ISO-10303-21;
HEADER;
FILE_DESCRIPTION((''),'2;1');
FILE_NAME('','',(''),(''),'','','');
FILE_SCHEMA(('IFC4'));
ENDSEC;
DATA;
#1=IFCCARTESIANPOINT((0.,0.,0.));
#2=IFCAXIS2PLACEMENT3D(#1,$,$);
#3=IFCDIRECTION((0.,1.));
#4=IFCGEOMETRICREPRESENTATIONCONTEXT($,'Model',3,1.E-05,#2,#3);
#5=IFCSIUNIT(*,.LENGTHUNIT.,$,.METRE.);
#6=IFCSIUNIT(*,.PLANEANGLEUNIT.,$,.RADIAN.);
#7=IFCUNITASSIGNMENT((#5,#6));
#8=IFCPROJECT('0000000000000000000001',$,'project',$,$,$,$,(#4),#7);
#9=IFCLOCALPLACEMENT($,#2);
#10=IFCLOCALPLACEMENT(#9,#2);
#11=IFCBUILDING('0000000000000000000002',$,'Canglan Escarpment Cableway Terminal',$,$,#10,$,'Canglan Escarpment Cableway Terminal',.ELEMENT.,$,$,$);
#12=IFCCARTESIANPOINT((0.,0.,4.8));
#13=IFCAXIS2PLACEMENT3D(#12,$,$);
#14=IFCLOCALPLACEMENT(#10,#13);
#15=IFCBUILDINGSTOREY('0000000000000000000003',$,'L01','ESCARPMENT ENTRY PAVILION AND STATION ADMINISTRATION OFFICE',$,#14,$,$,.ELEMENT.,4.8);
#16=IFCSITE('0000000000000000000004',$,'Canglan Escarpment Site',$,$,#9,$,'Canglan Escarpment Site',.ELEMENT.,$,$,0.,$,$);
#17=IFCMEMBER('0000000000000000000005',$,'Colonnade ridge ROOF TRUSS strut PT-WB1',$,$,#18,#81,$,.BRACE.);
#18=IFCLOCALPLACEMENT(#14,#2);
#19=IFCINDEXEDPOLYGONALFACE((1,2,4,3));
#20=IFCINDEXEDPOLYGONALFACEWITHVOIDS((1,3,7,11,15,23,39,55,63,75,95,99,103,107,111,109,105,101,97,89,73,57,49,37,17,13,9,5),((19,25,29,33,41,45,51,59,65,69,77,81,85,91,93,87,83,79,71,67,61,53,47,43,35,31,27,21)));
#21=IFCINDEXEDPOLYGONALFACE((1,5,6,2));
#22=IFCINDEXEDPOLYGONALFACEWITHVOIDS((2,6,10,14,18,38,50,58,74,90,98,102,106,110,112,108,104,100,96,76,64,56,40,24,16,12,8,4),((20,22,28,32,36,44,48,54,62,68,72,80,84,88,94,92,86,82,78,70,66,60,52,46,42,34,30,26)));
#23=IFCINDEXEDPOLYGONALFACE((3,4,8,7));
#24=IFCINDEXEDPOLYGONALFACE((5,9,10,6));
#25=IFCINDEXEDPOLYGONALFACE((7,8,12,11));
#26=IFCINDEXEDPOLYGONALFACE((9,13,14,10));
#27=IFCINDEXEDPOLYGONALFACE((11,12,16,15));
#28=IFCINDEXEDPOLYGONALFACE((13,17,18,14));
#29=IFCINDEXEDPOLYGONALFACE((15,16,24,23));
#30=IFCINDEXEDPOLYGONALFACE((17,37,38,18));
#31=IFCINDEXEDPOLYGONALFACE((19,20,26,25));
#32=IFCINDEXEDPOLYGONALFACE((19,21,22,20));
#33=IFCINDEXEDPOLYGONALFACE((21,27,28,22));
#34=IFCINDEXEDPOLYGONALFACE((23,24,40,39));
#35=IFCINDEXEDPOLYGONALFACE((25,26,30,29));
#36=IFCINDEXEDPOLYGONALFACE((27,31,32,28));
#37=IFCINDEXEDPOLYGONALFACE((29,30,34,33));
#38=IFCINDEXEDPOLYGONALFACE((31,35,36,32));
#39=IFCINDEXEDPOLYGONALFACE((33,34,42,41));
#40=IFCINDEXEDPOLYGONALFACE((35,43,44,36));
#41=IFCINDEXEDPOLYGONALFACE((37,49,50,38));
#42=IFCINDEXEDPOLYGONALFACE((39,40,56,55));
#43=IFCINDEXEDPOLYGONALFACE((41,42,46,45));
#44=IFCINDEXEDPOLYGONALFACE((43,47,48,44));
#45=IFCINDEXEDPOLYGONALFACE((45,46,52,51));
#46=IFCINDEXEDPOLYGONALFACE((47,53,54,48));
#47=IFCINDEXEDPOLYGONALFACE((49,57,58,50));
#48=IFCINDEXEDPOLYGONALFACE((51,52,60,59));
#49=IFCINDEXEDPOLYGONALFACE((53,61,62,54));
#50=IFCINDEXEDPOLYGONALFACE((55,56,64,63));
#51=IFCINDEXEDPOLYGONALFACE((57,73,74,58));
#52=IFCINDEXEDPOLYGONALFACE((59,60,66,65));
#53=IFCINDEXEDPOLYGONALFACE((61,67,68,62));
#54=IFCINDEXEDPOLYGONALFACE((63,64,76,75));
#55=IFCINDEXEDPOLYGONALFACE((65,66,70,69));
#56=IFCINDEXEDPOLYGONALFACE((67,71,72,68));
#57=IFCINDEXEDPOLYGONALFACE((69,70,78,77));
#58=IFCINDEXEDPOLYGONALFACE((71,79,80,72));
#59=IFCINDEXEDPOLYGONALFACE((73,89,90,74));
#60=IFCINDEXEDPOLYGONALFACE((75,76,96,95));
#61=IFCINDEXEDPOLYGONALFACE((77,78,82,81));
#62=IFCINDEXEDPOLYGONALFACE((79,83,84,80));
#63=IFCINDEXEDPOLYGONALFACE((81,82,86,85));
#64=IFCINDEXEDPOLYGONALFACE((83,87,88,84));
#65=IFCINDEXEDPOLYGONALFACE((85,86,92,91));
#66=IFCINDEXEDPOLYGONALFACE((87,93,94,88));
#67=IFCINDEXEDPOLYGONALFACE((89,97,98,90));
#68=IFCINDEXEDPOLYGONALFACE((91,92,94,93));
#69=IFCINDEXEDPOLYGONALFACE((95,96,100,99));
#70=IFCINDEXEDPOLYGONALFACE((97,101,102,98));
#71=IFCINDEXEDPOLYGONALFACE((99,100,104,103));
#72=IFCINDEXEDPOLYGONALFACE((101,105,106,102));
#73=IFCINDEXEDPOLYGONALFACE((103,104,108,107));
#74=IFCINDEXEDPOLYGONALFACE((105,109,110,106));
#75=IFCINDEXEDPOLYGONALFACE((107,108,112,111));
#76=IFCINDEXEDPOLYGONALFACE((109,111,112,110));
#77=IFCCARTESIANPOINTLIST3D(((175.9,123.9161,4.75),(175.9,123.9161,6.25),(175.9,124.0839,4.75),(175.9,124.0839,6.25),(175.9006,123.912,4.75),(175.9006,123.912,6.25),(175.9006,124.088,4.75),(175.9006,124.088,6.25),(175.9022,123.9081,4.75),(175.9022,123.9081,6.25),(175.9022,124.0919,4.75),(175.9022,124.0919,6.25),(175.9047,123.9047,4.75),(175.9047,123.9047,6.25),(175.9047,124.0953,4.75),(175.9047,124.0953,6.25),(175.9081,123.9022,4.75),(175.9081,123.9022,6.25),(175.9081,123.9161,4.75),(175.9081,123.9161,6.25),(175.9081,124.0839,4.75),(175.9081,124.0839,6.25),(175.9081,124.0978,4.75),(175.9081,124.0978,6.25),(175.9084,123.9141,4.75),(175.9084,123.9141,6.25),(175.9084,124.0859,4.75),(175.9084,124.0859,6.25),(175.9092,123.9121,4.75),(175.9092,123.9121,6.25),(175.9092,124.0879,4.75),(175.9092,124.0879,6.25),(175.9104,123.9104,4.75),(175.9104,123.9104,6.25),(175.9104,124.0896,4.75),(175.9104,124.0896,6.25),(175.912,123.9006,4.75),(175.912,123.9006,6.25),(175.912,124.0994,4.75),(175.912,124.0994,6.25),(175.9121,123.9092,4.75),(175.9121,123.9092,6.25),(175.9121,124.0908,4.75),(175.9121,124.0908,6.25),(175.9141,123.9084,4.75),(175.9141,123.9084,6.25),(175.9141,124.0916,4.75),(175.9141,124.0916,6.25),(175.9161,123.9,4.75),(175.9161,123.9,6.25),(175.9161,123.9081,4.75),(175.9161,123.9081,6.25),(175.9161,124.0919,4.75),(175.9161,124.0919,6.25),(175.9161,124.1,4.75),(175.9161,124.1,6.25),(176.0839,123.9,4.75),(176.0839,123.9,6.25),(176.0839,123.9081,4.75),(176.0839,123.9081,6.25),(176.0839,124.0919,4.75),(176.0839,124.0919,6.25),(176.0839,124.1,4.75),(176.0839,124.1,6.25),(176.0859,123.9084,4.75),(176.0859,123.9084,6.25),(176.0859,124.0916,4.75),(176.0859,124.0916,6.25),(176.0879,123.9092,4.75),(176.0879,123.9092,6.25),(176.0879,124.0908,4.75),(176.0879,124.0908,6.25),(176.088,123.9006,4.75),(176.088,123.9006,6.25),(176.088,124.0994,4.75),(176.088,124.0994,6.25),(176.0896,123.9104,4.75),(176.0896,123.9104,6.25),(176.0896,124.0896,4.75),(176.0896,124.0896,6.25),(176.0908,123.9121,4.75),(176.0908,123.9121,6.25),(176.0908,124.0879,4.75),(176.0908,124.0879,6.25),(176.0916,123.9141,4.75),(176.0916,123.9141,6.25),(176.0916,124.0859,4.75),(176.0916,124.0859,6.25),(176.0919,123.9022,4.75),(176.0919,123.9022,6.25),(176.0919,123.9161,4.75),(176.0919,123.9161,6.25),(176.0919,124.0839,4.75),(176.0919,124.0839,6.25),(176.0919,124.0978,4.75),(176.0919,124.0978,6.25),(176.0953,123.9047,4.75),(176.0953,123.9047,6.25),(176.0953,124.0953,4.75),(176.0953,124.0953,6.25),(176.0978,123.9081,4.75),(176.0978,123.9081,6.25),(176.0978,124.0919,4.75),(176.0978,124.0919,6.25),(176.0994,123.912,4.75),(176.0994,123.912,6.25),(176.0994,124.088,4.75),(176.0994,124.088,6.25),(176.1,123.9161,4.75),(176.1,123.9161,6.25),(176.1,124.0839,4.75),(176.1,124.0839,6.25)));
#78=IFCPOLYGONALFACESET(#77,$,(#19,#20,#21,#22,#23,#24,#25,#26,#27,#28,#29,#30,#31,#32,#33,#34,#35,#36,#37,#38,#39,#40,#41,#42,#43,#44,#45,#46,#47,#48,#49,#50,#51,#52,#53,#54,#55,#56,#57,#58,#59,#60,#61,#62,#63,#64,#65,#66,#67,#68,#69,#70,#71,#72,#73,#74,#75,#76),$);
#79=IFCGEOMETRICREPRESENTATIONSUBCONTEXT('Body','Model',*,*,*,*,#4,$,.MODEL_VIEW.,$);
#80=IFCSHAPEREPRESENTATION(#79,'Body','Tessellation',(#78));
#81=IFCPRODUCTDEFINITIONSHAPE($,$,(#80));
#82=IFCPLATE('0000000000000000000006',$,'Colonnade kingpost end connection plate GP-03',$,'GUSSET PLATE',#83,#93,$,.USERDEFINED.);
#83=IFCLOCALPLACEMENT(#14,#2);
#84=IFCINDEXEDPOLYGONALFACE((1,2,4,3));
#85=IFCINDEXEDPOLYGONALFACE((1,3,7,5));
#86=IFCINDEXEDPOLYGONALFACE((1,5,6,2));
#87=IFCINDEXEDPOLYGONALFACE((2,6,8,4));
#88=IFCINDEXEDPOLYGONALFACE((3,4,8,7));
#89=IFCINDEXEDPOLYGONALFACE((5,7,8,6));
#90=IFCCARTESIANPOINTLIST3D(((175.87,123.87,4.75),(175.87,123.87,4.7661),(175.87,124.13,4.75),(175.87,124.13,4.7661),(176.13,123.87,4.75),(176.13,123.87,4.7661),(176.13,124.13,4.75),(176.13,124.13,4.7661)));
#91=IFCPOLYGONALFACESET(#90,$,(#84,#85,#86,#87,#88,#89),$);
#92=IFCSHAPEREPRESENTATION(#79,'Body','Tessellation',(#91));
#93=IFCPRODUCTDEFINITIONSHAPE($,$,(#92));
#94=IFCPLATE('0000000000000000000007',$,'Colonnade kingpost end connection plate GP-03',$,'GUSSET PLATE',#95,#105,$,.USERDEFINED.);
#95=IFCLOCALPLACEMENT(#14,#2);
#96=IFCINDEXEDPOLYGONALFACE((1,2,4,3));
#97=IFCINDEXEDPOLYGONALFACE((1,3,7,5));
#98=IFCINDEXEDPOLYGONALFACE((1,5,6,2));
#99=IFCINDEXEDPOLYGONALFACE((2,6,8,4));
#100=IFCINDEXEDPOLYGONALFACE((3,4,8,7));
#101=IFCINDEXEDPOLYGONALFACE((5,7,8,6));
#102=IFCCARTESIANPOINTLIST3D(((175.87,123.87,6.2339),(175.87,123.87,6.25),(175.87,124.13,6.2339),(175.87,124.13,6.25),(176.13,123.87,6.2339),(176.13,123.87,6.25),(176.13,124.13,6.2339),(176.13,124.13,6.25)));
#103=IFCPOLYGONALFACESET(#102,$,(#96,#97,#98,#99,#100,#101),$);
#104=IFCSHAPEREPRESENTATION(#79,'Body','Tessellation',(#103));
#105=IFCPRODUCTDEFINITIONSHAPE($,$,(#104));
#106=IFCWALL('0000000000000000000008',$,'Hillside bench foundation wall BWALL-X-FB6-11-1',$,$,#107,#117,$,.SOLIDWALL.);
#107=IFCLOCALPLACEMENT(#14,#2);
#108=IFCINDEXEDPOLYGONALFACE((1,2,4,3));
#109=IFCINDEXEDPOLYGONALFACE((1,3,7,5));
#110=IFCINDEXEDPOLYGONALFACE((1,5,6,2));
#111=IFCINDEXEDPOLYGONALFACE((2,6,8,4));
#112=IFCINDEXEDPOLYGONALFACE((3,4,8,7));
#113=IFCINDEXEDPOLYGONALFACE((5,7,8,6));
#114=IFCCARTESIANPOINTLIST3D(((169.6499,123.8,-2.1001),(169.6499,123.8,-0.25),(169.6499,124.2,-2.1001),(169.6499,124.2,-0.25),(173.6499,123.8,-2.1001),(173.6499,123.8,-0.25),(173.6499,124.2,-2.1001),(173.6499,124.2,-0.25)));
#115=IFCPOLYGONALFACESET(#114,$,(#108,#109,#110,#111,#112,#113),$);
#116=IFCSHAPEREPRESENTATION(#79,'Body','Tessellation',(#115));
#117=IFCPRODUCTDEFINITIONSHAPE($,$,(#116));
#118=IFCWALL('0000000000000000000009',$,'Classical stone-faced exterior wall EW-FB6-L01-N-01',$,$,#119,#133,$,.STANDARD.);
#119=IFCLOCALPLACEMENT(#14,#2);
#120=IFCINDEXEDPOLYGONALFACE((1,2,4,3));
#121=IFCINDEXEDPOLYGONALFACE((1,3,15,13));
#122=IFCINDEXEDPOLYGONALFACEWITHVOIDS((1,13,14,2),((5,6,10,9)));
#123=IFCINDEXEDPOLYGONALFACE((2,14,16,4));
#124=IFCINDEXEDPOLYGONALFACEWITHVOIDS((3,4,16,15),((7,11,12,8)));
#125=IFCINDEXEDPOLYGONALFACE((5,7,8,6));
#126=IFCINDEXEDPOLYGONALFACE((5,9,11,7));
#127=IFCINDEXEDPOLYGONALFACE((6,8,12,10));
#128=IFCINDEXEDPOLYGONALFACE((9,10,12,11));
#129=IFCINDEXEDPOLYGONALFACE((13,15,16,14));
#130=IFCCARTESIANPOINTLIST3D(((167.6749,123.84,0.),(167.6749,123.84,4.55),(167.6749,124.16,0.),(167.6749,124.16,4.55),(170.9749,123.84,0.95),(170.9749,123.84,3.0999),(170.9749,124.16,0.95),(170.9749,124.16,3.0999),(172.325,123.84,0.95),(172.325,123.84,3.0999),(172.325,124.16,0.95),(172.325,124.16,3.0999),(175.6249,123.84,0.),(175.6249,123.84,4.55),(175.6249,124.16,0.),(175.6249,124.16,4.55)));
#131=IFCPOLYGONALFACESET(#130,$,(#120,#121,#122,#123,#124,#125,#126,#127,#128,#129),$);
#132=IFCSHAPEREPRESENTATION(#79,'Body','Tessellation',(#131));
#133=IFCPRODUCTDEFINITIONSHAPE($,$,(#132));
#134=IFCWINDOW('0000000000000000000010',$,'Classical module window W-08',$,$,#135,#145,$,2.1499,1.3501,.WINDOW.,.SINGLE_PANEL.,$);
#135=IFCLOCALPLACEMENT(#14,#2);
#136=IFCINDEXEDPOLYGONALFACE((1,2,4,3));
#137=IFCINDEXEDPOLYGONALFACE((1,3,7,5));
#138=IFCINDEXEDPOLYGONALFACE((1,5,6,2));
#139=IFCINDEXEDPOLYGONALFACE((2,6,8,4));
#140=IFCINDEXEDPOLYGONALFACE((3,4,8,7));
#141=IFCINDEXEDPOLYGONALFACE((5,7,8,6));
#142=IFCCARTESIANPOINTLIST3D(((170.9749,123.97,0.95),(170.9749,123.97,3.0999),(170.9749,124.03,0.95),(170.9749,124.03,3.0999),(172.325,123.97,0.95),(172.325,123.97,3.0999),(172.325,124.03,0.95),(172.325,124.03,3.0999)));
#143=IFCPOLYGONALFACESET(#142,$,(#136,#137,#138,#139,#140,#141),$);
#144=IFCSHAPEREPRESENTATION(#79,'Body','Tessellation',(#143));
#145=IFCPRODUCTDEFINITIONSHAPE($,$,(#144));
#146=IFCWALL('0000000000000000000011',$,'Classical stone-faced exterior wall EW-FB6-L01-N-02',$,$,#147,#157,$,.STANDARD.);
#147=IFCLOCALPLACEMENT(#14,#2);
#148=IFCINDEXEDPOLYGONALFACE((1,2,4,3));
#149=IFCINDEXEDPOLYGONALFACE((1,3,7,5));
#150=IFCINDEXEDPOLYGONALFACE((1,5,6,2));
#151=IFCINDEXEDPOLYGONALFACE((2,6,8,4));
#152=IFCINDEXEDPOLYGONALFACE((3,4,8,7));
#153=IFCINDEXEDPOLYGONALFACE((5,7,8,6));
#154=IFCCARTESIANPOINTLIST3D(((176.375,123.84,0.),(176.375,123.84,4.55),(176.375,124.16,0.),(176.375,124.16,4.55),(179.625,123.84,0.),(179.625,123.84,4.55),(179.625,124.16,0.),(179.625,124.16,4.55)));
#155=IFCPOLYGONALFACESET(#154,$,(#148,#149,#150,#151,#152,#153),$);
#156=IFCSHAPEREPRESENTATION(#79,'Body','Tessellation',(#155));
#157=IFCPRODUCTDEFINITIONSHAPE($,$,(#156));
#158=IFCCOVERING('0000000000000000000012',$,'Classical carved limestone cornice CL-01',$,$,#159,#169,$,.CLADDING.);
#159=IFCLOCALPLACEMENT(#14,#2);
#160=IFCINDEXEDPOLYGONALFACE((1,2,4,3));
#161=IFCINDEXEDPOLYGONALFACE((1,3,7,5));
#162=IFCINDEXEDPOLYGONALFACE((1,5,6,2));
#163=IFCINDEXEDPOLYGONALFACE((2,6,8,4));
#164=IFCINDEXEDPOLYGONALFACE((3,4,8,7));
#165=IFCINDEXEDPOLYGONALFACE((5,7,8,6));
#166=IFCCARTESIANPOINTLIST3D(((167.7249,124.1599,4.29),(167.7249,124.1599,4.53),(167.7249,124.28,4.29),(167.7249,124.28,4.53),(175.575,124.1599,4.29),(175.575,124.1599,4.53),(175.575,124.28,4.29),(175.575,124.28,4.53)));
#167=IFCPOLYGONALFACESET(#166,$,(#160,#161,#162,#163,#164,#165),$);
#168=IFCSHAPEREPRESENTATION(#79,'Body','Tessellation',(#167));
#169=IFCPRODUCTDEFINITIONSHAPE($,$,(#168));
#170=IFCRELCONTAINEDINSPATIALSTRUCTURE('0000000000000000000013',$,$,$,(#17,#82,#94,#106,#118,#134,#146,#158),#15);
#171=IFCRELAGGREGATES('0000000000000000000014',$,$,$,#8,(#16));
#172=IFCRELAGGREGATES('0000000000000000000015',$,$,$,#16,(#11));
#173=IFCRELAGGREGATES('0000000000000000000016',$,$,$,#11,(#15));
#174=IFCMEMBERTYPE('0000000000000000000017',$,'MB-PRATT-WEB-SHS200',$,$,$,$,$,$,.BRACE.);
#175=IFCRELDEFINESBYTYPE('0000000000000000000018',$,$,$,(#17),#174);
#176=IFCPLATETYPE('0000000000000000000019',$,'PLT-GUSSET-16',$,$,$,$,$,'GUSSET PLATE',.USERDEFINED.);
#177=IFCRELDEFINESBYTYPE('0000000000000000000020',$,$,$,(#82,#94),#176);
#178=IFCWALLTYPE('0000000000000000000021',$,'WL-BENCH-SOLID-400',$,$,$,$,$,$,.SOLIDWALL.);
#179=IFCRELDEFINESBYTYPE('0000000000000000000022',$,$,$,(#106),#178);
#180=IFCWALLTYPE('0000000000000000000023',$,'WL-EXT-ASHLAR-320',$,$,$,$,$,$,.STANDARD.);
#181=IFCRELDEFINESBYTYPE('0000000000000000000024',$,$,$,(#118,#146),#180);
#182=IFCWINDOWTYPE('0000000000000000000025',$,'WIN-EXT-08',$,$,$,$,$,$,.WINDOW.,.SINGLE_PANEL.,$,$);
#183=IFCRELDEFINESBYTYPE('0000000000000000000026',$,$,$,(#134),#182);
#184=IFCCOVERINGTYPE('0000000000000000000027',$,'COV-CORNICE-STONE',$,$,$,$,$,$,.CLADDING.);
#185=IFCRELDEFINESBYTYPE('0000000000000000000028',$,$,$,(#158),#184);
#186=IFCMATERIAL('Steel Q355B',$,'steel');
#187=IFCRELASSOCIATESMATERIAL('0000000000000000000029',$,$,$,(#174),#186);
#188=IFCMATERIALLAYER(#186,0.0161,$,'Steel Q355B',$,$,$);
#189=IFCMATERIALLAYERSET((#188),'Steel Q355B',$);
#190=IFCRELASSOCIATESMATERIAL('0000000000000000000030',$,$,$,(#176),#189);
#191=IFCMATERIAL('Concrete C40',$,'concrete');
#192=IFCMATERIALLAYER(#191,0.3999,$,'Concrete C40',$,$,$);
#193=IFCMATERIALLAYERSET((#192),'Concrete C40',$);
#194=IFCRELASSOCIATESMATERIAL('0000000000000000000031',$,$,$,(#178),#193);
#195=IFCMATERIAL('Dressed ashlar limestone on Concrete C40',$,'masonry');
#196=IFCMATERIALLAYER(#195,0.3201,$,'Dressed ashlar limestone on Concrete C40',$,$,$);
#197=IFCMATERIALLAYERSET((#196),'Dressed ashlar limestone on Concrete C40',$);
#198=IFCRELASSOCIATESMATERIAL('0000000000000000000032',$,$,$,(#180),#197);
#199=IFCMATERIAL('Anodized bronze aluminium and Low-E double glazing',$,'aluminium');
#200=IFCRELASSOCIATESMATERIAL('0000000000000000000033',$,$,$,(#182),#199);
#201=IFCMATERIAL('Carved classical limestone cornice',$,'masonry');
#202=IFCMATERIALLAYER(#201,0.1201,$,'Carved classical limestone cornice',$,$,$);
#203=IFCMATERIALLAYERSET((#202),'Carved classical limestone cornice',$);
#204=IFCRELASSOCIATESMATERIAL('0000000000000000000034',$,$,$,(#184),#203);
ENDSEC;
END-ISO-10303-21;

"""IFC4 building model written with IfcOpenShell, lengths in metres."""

from ifc_helpers import new_model, si_unit, direction, frame, frame_2d, origin, origin_2d, place, context, subcontext, project, spatial, rectangle, hollow_rectangle, extrude, material, layer, layer_set, material_profile, profile_set, type_object, element, fill, save


model = new_model("IFC4")

# Units and contexts
model_context = context("Model", 3, precision=1e-05, world=origin(), true_north=direction((0.0, 1.0)))
body_context = subcontext(model_context, "Body", "Model", "MODEL_VIEW")
ifc_project = project(units=[si_unit("LENGTHUNIT", "METRE"), si_unit("PLANEANGLEUNIT", "RADIAN")], contexts=[model_context])

# Site, building, storey
site_placement = place(None, origin())
site = spatial("IfcSite", under=ifc_project, at=site_placement, Name="Canglan Escarpment Site", LongName="Canglan Escarpment Site", CompositionType="ELEMENT", RefElevation=0.0)
building_placement = place(site_placement, origin())
building = spatial("IfcBuilding", under=site, at=building_placement, Name="Canglan Escarpment Cableway Terminal", LongName="Canglan Escarpment Cableway Terminal", CompositionType="ELEMENT")
storey_placement = place(building_placement, frame((0.0, 0.0, 4.8)))
storey = spatial("IfcBuildingStorey", under=building, at=storey_placement, Name="L01", Description="ESCARPMENT ENTRY PAVILION AND STATION ADMINISTRATION OFFICE", CompositionType="ELEMENT", Elevation=4.8)

# Shared definitions
ifc_material_1 = material(Name="Concrete C40", Category="concrete")

# Shared definitions
ifc_material_2 = material(Name="Anodized bronze aluminium and Low-E double glazing", Category="aluminium")

# Member
ifc_material_3 = material(Name="Steel Q355B", Category="steel")
ifc_material_profile_1 = material_profile(ifc_material_3, hollow_rectangle(XDim=0.2, YDim=0.2, WallThickness=0.0081, InnerFilletRadius=0.0081, OuterFilletRadius=0.0161, at=origin_2d()), Name="SHS 200x200x8")
ifc_profile_set_1 = profile_set([ifc_material_profile_1], Name="Steel Q355B")
member_type_1 = type_object("IfcMemberType", Name="MB-PRATT-WEB-SHS200", PredefinedType="BRACE", material=ifc_profile_set_1)
member_1_placement = place(storey_placement, frame((176.0, 124.0, 4.75), z_axis=(0.0, 0.0, 1.0), x_axis=(1.0, 0.0, 0.0)))
element("IfcMember", 1, at=member_1_placement, inside=storey, type_object=member_type_1, Name="Colonnade ridge ROOF TRUSS strut PT-WB1", PredefinedType="BRACE", context=body_context, shape_type="SweptSolid", body=[
    extrude(hollow_rectangle(XDim=0.2, YDim=0.2, WallThickness=0.0081, InnerFilletRadius=0.0081, OuterFilletRadius=0.0161, at=origin_2d()), origin(), (0.0, 0.0, 1.0), 1.5),
])

# Plates
ifc_layer_1 = layer(ifc_material_3, 0.0161, Name="Steel Q355B")
ifc_layer_set_1 = layer_set([ifc_layer_1], Name="Steel Q355B")
plate_type = type_object("IfcPlateType", Name="PLT-GUSSET-16", ElementType="GUSSET PLATE", PredefinedType="USERDEFINED", material=ifc_layer_set_1)
for number, where, z_axis, x_axis, name in (
    (2, (176.0, 124.0, 4.75), (0.0, 0.0, 1.0), (1.0, 0.0, 0.0), "Colonnade kingpost end connection plate GP-03"),
    (3, (176.0, 124.0, 6.2339), (0.0, 0.0, 1.0), (1.0, 0.0, 0.0), "Colonnade kingpost end connection plate GP-03"),
):
    element("IfcPlate", number, at=place(storey_placement, frame(where, z_axis=z_axis, x_axis=x_axis)), inside=storey, type_object=plate_type, Name=name, ObjectType="GUSSET PLATE", PredefinedType="USERDEFINED", context=body_context, shape_type="SweptSolid", body=[
        extrude(rectangle(XDim=0.26, YDim=0.26, at=origin_2d()), origin(), (0.0, 0.0, 1.0), 0.0161),
    ])

# Wall
ifc_layer_2 = layer(ifc_material_1, 0.3999, Name="Concrete C40")
ifc_layer_set_2 = layer_set([ifc_layer_2], Name="Concrete C40")
wall_type_1 = type_object("IfcWallType", Name="WL-BENCH-SOLID-400", PredefinedType="SOLIDWALL", material=ifc_layer_set_2)
wall_1_placement = place(storey_placement, frame((169.6499, 124.0, -2.1001), z_axis=(0.0, 0.0, 1.0), x_axis=(1.0, 0.0, 0.0)))
element("IfcWall", 4, at=wall_1_placement, inside=storey, type_object=wall_type_1, Name="Hillside bench foundation wall BWALL-X-FB6-11-1", PredefinedType="SOLIDWALL", context=body_context, shape_type="SweptSolid", body=[
    extrude(rectangle(XDim=4.0, YDim=0.3999, at=frame_2d((2.0, 0.0))), origin(), (0.0, 0.0, 1.0), 1.8501),
])

# Wall, opening, window
ifc_material_4 = material(Name="Dressed ashlar limestone on Concrete C40", Category="masonry")
ifc_layer_3 = layer(ifc_material_4, 0.3201, Name="Dressed ashlar limestone on Concrete C40")
ifc_layer_set_3 = layer_set([ifc_layer_3], Name="Dressed ashlar limestone on Concrete C40")
wall_type_2 = type_object("IfcWallType", Name="WL-EXT-ASHLAR-320", PredefinedType="STANDARD", material=ifc_layer_set_3)
wall_2_placement = place(storey_placement, frame((175.625, 124.0, 0.0), z_axis=(0.0, 0.0, 1.0), x_axis=(-1.0, 0.0, 0.0)))
wall_2 = element("IfcWall", 5, at=wall_2_placement, inside=storey, type_object=wall_type_2, Name="Classical stone-faced exterior wall EW-FB6-L01-N-01", PredefinedType="STANDARD", context=body_context, shape_type="SweptSolid", body=[
    extrude(rectangle(XDim=7.95, YDim=0.3201, at=frame_2d((3.9751, 0.0))), origin(), (0.0, 0.0, 1.0), 4.55),
])
opening_placement = place(wall_2_placement, frame((3.3, 0.0, 0.95)))
opening = element("IfcOpeningElement", 6, at=opening_placement, cuts=wall_2, PredefinedType="OPENING", context=body_context, shape_type="SweptSolid", body=[
    extrude(rectangle(XDim=1.3501, YDim=2.1499, at=frame_2d((0.675, 1.075))), frame((0.0, 0.1699, 0.0), z_axis=(0.0, -1.0, 0.0), x_axis=(1.0, 0.0, 0.0)), (0.0, 0.0, 1.0), 0.3401),
])
window_type = type_object("IfcWindowType", Name="WIN-EXT-08", PartitioningType="SINGLE_PANEL", PredefinedType="WINDOW", material=ifc_material_2)
window_placement = place(opening_placement, origin())
window = element("IfcWindow", 7, at=window_placement, inside=storey, type_object=window_type, Name="Classical module window W-08", OverallHeight=2.1499, OverallWidth=1.3501, PartitioningType="SINGLE_PANEL", PredefinedType="WINDOW", context=body_context, shape_type="SweptSolid", body=[
    extrude(rectangle(XDim=1.3501, YDim=2.1499, at=frame_2d((0.675, 1.075))), frame((0.0, 0.03, 0.0), z_axis=(0.0, -1.0, 0.0), x_axis=(1.0, 0.0, 0.0)), (0.0, 0.0, 1.0), 0.0601),
])
fill(opening, window)

# Wall
wall_3_placement = place(storey_placement, frame((179.625, 124.0, 0.0), z_axis=(0.0, 0.0, 1.0), x_axis=(-1.0, 0.0, 0.0)))
element("IfcWall", 8, at=wall_3_placement, inside=storey, type_object=wall_type_2, Name="Classical stone-faced exterior wall EW-FB6-L01-N-02", PredefinedType="STANDARD", context=body_context, shape_type="SweptSolid", body=[
    extrude(rectangle(XDim=3.25, YDim=0.3201, at=frame_2d((1.625, 0.0))), origin(), (0.0, 0.0, 1.0), 4.55),
])

# Covering
ifc_material_5 = material(Name="Carved classical limestone cornice", Category="masonry")
ifc_layer_4 = layer(ifc_material_5, 0.1201, Name="Carved classical limestone cornice")
ifc_layer_set_4 = layer_set([ifc_layer_4], Name="Carved classical limestone cornice")
covering_type = type_object("IfcCoveringType", Name="COV-CORNICE-STONE", PredefinedType="CLADDING", material=ifc_layer_set_4)
covering_placement = place(storey_placement, frame((171.6499, 124.22, 4.29), z_axis=(0.0, 0.0, 1.0), x_axis=(-1.0, 0.0, 0.0)))
element("IfcCovering", 9, at=covering_placement, inside=storey, type_object=covering_type, Name="Classical carved limestone cornice CL-01", PredefinedType="CLADDING", context=body_context, shape_type="SweptSolid", body=[
    extrude(rectangle(XDim=7.8501, YDim=0.1201, at=origin_2d()), origin(), (0.0, 0.0, 1.0), 0.24),
])

save(model, "model.ifc")
